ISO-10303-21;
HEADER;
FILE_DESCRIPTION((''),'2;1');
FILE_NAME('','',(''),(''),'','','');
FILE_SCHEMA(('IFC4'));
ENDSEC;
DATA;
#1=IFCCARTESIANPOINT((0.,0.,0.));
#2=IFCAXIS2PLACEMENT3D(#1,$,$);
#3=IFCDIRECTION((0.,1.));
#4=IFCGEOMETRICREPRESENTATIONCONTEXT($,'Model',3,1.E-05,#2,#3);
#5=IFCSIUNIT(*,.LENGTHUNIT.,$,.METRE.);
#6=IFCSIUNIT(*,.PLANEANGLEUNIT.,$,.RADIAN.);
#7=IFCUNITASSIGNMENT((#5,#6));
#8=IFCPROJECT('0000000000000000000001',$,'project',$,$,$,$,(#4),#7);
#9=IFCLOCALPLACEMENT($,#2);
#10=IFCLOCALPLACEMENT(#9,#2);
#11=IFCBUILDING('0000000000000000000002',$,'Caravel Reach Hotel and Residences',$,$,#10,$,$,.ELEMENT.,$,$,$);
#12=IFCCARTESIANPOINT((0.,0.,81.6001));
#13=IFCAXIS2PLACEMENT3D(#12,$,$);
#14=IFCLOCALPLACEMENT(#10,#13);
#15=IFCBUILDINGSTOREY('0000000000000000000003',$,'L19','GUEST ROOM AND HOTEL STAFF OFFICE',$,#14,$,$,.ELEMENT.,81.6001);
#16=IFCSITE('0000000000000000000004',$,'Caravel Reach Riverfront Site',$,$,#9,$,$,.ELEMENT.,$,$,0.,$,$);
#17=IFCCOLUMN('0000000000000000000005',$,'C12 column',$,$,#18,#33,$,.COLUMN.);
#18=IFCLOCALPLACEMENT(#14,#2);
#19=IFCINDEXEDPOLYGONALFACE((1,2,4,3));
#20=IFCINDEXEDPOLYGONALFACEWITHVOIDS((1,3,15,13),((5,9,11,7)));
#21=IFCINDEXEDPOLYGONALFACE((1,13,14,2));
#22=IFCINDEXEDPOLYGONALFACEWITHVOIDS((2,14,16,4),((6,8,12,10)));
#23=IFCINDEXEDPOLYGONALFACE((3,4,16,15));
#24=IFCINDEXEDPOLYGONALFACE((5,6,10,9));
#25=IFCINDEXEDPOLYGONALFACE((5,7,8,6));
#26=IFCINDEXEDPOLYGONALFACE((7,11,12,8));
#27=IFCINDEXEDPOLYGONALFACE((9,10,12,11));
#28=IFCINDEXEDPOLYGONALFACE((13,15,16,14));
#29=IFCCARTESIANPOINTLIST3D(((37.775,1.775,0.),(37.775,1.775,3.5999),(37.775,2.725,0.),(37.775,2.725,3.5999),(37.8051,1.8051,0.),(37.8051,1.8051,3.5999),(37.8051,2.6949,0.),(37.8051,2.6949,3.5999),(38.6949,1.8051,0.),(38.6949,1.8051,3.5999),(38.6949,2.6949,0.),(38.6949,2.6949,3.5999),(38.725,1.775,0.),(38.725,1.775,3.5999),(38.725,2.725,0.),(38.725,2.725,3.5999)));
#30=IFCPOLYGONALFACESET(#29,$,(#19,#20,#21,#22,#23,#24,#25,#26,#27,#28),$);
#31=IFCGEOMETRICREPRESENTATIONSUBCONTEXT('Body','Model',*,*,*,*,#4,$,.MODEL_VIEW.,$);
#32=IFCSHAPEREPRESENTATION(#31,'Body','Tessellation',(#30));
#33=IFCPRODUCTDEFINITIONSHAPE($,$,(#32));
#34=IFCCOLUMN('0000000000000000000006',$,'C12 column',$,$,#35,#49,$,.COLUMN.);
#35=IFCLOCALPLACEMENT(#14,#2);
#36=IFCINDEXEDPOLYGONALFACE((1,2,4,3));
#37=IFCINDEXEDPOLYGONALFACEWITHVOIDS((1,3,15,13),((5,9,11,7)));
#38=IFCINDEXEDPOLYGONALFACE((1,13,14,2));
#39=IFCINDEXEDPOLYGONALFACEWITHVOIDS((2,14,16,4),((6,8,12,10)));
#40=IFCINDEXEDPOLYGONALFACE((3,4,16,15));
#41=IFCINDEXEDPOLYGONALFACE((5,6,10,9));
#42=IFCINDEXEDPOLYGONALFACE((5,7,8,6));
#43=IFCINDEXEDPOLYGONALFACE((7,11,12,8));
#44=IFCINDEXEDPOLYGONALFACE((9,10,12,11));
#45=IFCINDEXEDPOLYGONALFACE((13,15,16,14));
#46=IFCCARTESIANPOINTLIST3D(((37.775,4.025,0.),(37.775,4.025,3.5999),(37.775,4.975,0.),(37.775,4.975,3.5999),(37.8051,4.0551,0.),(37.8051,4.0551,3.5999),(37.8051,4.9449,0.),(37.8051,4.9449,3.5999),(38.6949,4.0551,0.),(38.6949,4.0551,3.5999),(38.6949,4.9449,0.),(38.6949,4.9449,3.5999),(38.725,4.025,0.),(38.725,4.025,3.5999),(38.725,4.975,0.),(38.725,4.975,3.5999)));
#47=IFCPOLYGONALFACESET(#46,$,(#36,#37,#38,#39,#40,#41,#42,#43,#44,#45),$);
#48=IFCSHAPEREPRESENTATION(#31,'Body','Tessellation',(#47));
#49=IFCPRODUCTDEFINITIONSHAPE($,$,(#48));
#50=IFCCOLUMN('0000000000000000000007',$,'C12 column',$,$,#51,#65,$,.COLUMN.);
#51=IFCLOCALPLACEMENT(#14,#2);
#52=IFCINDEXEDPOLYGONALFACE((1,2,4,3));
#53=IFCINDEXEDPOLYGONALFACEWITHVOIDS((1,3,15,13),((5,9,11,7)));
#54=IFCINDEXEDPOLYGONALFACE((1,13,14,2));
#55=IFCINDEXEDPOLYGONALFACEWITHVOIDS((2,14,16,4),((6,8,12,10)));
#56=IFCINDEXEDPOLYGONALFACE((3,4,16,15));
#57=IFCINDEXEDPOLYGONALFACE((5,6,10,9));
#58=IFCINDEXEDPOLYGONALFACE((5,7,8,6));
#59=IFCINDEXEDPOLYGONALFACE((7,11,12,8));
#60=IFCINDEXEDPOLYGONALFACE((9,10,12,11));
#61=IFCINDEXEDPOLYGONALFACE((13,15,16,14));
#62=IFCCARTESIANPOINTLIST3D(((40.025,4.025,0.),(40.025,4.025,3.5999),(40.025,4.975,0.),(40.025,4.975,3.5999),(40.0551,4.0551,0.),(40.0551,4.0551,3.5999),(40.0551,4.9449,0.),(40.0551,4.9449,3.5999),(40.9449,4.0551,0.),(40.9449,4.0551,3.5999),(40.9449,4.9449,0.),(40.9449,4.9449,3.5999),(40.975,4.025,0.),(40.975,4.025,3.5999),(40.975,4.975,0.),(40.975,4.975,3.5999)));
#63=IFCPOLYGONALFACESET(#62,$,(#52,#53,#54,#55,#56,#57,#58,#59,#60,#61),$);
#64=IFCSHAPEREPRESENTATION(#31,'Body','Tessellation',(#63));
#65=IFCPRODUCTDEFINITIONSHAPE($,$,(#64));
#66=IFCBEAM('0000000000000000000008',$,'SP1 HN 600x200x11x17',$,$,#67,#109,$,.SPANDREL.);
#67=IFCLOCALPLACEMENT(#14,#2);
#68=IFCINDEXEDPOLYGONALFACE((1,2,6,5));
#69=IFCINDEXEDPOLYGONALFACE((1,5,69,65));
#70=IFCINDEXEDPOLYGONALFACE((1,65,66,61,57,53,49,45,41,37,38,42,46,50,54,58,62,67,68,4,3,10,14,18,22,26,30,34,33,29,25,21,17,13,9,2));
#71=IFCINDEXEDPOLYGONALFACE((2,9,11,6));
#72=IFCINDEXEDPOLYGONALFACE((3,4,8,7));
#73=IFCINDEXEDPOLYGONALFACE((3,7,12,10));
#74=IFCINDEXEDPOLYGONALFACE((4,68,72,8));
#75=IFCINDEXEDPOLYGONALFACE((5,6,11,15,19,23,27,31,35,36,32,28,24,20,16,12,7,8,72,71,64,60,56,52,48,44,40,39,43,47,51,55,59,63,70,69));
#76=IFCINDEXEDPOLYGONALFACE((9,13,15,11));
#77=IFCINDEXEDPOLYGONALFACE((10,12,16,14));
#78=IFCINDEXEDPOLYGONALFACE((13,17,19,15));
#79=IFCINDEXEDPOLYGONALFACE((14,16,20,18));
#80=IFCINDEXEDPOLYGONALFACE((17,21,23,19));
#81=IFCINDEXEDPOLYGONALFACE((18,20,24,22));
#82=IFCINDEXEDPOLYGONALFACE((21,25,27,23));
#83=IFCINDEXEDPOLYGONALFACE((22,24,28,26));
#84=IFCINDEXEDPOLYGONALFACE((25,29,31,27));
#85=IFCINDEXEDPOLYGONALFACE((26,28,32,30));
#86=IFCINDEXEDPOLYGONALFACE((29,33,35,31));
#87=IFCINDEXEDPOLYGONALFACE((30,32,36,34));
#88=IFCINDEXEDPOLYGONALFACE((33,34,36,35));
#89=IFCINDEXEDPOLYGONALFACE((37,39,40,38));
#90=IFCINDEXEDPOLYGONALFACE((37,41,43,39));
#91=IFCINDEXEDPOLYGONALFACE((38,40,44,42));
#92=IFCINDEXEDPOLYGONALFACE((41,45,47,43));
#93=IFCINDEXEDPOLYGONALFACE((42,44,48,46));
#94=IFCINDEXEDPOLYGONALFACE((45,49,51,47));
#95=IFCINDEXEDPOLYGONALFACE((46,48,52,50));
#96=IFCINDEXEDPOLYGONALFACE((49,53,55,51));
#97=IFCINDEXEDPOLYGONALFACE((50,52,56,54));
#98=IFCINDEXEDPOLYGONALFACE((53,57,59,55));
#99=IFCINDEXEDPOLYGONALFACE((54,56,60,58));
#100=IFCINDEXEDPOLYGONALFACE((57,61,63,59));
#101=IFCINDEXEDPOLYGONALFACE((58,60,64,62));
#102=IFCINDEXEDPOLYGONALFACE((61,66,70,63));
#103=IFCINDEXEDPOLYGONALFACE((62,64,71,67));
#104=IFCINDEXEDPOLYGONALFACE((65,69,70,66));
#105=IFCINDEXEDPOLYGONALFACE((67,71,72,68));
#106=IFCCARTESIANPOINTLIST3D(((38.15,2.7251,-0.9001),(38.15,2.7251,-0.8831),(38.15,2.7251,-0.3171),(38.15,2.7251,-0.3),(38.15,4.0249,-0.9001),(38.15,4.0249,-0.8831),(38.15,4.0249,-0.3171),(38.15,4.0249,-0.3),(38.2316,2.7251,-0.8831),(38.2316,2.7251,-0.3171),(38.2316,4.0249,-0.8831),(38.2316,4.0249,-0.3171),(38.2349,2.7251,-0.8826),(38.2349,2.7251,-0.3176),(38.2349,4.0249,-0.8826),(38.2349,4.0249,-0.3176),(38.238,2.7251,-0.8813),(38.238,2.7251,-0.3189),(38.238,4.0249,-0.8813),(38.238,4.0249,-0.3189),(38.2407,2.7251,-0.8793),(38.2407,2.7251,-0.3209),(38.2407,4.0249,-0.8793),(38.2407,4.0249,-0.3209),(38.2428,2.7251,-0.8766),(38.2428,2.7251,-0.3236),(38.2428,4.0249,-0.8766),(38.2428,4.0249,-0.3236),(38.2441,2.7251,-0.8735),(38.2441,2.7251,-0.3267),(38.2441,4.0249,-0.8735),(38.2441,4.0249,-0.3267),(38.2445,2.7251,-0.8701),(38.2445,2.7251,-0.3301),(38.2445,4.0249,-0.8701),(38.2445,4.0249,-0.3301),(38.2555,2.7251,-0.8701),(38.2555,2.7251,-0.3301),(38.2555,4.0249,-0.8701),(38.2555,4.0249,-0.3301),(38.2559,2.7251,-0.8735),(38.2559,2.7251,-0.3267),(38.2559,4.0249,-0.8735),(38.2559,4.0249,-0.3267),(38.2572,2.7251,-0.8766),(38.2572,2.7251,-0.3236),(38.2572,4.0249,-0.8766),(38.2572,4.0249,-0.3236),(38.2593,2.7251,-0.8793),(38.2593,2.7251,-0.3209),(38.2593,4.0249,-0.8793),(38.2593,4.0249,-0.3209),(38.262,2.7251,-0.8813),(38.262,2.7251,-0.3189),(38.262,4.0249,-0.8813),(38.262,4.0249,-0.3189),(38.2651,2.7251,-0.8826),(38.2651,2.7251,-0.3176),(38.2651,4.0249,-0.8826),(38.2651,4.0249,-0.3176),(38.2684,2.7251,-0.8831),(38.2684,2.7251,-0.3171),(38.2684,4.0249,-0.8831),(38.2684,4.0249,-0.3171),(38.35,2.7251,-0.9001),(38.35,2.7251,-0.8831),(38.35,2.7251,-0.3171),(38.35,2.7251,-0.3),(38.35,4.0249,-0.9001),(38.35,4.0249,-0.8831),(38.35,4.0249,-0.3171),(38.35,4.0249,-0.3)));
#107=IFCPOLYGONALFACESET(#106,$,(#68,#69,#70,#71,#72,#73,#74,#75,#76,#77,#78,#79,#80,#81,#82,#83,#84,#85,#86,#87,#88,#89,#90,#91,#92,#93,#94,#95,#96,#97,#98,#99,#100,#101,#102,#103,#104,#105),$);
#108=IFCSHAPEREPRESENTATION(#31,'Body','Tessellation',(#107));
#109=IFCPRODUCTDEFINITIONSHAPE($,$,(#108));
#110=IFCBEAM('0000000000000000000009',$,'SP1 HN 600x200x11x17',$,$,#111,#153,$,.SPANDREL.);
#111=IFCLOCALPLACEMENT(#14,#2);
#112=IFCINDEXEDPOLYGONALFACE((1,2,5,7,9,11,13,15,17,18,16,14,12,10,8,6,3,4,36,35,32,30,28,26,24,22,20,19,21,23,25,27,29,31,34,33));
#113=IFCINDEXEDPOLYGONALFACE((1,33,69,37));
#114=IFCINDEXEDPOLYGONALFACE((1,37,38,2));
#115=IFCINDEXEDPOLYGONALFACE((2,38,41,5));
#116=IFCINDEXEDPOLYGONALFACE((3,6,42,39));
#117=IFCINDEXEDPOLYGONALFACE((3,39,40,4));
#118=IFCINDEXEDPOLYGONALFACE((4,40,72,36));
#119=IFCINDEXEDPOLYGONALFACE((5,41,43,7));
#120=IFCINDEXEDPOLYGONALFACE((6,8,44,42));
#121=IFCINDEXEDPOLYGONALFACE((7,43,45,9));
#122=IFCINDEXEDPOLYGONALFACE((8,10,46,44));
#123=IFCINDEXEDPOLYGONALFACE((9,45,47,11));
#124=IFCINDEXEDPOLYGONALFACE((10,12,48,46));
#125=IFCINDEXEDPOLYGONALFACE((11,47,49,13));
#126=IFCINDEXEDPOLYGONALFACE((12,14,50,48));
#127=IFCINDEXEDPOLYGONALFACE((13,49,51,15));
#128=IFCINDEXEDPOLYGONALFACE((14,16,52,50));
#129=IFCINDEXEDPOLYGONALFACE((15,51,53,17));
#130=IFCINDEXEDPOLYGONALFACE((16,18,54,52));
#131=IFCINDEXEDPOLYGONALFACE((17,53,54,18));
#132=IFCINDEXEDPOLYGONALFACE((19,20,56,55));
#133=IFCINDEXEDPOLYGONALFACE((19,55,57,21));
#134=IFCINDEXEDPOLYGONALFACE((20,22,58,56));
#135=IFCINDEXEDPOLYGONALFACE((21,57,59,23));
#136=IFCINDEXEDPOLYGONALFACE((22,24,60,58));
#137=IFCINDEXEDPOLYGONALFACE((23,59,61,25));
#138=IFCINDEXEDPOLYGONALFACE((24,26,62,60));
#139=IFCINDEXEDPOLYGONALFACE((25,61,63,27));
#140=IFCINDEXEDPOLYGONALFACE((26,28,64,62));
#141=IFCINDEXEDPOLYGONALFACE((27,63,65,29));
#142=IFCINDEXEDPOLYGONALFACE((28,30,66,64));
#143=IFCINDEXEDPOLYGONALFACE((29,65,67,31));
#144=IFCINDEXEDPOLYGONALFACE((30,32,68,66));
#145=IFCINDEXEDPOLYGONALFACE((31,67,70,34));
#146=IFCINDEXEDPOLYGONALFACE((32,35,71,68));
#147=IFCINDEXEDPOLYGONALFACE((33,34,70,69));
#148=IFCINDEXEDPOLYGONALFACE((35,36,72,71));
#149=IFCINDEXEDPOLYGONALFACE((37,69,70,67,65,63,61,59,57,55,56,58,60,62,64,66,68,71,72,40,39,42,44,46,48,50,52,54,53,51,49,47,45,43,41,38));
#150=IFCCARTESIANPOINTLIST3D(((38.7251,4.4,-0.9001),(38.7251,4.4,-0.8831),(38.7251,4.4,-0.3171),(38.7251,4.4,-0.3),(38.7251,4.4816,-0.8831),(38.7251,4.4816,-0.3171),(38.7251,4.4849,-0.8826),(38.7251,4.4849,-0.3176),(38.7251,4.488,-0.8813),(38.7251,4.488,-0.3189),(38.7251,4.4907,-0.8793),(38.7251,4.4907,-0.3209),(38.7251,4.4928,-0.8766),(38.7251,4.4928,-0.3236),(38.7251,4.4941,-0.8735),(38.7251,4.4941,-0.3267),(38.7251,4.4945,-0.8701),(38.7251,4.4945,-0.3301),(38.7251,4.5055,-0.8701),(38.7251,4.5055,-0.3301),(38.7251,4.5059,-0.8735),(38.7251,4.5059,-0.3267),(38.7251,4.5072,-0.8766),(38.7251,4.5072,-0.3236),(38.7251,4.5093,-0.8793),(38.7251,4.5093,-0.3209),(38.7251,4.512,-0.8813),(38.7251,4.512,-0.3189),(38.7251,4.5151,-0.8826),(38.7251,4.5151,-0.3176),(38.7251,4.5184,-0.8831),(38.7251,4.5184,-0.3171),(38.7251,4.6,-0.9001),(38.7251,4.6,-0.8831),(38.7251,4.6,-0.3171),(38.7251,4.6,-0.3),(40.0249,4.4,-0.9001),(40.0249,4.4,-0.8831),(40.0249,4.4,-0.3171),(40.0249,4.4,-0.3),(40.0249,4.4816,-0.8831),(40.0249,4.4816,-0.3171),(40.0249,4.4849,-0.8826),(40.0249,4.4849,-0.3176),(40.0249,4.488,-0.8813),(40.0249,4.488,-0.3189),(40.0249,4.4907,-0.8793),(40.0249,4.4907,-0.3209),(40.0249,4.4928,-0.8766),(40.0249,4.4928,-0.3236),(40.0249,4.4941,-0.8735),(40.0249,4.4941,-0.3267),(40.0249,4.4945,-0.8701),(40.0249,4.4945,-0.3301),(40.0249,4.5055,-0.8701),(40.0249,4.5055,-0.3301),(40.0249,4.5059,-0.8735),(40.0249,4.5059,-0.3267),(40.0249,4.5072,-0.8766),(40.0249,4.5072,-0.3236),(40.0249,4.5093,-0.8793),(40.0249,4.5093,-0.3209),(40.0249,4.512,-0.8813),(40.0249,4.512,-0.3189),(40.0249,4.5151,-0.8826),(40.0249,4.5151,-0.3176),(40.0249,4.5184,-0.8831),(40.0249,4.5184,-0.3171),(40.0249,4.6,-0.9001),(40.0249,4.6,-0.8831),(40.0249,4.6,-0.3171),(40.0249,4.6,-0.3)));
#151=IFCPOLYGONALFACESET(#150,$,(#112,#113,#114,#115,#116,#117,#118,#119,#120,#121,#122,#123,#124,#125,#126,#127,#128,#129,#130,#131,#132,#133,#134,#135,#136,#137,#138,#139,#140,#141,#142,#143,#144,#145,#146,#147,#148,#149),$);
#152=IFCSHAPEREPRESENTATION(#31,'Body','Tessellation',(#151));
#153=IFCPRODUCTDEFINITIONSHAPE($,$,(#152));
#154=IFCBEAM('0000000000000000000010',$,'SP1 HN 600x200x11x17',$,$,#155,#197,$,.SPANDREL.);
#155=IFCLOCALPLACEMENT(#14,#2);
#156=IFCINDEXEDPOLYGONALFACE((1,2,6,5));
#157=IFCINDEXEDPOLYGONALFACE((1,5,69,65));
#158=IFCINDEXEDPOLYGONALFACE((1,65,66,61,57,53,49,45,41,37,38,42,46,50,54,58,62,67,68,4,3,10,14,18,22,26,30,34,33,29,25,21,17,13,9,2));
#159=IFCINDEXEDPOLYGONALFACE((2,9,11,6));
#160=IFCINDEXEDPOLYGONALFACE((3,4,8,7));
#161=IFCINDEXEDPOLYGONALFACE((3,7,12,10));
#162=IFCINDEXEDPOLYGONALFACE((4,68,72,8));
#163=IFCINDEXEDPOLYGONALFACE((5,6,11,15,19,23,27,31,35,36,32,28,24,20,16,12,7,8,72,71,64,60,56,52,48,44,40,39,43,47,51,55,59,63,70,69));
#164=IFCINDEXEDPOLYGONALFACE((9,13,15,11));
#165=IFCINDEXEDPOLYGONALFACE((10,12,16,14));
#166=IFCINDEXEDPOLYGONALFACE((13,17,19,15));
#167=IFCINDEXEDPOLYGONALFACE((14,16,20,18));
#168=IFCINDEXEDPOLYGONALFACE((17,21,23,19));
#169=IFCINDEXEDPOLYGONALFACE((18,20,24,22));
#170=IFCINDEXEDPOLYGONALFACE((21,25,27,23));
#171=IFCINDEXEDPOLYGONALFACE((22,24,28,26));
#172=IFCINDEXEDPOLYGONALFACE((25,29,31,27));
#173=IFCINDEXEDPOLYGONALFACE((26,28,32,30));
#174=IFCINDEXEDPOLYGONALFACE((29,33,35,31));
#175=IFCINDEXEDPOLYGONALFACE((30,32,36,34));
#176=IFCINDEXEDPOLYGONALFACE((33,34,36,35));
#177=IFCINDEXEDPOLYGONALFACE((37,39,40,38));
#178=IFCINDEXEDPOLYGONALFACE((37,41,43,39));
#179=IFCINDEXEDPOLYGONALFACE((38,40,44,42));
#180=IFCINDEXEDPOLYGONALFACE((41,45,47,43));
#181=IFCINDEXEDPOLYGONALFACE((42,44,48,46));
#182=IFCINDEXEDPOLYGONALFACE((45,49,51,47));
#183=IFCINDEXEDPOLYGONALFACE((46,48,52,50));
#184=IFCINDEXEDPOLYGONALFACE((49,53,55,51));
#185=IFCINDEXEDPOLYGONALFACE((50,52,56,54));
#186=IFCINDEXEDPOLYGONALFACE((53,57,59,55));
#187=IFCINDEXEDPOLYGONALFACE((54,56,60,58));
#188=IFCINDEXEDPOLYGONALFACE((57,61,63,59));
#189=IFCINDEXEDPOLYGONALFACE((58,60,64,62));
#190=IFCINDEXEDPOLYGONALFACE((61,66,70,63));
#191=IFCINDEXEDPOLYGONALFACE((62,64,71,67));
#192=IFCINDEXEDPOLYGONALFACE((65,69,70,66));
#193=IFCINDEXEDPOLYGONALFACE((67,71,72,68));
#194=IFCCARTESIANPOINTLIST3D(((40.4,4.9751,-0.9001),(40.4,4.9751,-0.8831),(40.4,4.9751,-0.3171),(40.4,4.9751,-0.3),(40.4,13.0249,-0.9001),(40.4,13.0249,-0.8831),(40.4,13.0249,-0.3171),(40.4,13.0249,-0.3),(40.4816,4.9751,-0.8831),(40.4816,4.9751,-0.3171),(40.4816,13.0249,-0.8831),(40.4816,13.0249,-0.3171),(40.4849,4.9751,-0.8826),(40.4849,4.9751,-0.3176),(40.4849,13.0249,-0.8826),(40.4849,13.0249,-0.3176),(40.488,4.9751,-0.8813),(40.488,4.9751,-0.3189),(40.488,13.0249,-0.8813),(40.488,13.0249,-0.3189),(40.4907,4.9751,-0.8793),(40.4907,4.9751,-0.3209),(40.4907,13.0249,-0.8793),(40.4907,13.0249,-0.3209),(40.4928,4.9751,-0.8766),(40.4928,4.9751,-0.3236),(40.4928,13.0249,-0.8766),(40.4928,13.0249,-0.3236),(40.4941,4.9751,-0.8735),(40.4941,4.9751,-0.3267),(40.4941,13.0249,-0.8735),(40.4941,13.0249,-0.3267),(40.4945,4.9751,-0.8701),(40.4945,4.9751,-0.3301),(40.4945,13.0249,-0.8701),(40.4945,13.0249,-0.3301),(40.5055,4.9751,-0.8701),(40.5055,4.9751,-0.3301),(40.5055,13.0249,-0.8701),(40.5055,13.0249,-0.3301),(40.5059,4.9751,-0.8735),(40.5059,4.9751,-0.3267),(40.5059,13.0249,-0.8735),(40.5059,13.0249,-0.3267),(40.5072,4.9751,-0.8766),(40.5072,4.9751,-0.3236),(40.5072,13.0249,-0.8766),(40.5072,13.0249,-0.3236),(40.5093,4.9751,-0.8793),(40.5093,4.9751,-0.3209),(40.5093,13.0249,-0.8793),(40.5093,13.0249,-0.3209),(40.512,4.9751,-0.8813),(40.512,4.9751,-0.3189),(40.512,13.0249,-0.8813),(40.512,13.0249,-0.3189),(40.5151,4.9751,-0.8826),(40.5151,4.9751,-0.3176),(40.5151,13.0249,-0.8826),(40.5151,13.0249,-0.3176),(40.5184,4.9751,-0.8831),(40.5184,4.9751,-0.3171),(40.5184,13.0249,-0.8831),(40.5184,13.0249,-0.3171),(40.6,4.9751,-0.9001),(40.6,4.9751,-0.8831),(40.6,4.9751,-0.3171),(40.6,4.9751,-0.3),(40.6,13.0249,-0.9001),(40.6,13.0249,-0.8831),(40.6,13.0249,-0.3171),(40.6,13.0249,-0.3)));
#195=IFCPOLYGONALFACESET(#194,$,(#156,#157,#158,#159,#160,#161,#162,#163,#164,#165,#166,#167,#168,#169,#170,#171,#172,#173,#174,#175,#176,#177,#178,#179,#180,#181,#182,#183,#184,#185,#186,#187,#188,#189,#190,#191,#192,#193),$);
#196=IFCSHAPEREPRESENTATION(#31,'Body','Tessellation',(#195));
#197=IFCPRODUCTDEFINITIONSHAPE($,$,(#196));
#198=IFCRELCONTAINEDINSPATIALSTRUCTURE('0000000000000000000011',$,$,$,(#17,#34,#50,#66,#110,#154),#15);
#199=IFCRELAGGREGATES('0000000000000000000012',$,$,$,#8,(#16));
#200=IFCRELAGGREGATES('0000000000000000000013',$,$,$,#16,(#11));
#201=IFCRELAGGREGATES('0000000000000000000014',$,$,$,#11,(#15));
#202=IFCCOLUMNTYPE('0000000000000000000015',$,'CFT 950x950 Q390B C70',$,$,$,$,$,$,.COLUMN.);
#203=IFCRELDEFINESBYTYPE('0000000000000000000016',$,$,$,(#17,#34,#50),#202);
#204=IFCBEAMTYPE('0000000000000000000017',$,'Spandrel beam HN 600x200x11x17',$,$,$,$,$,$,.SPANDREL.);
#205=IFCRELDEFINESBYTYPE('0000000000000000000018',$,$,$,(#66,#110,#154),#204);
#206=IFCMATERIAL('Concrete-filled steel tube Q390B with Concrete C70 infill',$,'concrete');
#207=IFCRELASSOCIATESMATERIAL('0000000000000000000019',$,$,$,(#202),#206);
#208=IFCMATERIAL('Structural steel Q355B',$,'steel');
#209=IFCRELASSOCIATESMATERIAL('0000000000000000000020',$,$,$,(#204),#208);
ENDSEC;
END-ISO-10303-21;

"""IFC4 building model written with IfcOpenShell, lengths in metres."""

from ifc_helpers import new_model, si_unit, direction, frame, origin, origin_2d, place, context, subcontext, project, spatial, hollow_rectangle, i_section, extrude, material, material_profile, profile_set, type_object, element, save


model = new_model("IFC4")

# Units and contexts
model_context = context("Model", 3, precision=1e-05, world=origin(), true_north=direction((0.0, 1.0)))
body_context = subcontext(model_context, "Body", "Model", "MODEL_VIEW")
ifc_project = project(units=[si_unit("LENGTHUNIT", "METRE"), si_unit("PLANEANGLEUNIT", "RADIAN")], contexts=[model_context])

# Site, building, storey
site_placement = place(None, origin())
site = spatial("IfcSite", under=ifc_project, at=site_placement, Name="Caravel Reach Riverfront Site", CompositionType="ELEMENT", RefElevation=0.0)
building_placement = place(site_placement, origin())
building = spatial("IfcBuilding", under=site, at=building_placement, Name="Caravel Reach Hotel and Residences", CompositionType="ELEMENT")
storey_placement = place(building_placement, frame((0.0, 0.0, 81.6001)))
storey = spatial("IfcBuildingStorey", under=building, at=storey_placement, Name="L19", Description="GUEST ROOM AND HOTEL STAFF OFFICE", CompositionType="ELEMENT", Elevation=81.6001)

# Columns
ifc_material_1 = material(Name="Concrete-filled steel tube Q390B with Concrete C70 infill", Category="concrete")
ifc_material_profile_1 = material_profile(ifc_material_1, hollow_rectangle(XDim=0.95, YDim=0.95, WallThickness=0.03, at=origin_2d()), Name="RHS 950x950x30")
ifc_profile_set_1 = profile_set([ifc_material_profile_1], Name="Concrete-filled steel tube Q390B with Concrete C70 infill")
column_type = type_object("IfcColumnType", Name="CFT 950x950 Q390B C70", PredefinedType="COLUMN", material=ifc_profile_set_1)
for number, where, z_axis, x_axis, name in (
    (1, (38.25, 2.25, 0.0), (0.0, 0.0, 1.0), (1.0, 0.0, 0.0), "C12 column"),
    (2, (38.25, 4.5, 0.0), (0.0, 0.0, 1.0), (1.0, 0.0, 0.0), "C12 column"),
    (3, (40.5, 4.5, 0.0), (0.0, 0.0, 1.0), (1.0, 0.0, 0.0), "C12 column"),
):
    element("IfcColumn", number, at=place(storey_placement, frame(where, z_axis=z_axis, x_axis=x_axis)), inside=storey, type_object=column_type, Name=name, PredefinedType="COLUMN", context=body_context, shape_type="SweptSolid", body=[
        extrude(hollow_rectangle(XDim=0.95, YDim=0.95, WallThickness=0.03, at=origin_2d()), origin(), (0.0, 0.0, 1.0), 3.5999),
    ])

# Beams
ifc_material_2 = material(Name="Structural steel Q355B", Category="steel")
ifc_material_profile_2 = material_profile(ifc_material_2, i_section(OverallWidth=0.2, OverallDepth=0.6001, WebThickness=0.011, FlangeThickness=0.0171, FilletRadius=0.0129, at=origin_2d()), Name="HN 600x200x11x17")
ifc_profile_set_2 = profile_set([ifc_material_profile_2], Name="Structural steel Q355B")
beam_type = type_object("IfcBeamType", Name="Spandrel beam HN 600x200x11x17", PredefinedType="SPANDREL", material=ifc_profile_set_2)
for number, where, z_axis, x_axis, name in (
    (4, (38.25, 2.7251, -0.6001), (0.0, 1.0, 0.0), (-1.0, 0.0, 0.0), "SP1 HN 600x200x11x17"),
    (5, (38.7251, 4.5, -0.6001), (1.0, 0.0, 0.0), (0.0, 1.0, 0.0), "SP1 HN 600x200x11x17"),
):
    element("IfcBeam", number, at=place(storey_placement, frame(where, z_axis=z_axis, x_axis=x_axis)), inside=storey, type_object=beam_type, Name=name, PredefinedType="SPANDREL", context=body_context, shape_type="SweptSolid", body=[
        extrude(i_section(OverallWidth=0.2, OverallDepth=0.6001, WebThickness=0.011, FlangeThickness=0.0171, FilletRadius=0.0129, at=origin_2d()), origin(), (0.0, 0.0, 1.0), 1.2998),
    ])
beam_placement = place(storey_placement, frame((40.5, 4.9751, -0.6001), z_axis=(0.0, 1.0, 0.0), x_axis=(-1.0, 0.0, 0.0)))
element("IfcBeam", 6, at=beam_placement, inside=storey, type_object=beam_type, Name="SP1 HN 600x200x11x17", PredefinedType="SPANDREL", context=body_context, shape_type="SweptSolid", body=[
    extrude(i_section(OverallWidth=0.2, OverallDepth=0.6001, WebThickness=0.011, FlangeThickness=0.0171, FilletRadius=0.0129, at=origin_2d()), origin(), (0.0, 0.0, 1.0), 8.0498),
])

save(model, "model.ifc")
